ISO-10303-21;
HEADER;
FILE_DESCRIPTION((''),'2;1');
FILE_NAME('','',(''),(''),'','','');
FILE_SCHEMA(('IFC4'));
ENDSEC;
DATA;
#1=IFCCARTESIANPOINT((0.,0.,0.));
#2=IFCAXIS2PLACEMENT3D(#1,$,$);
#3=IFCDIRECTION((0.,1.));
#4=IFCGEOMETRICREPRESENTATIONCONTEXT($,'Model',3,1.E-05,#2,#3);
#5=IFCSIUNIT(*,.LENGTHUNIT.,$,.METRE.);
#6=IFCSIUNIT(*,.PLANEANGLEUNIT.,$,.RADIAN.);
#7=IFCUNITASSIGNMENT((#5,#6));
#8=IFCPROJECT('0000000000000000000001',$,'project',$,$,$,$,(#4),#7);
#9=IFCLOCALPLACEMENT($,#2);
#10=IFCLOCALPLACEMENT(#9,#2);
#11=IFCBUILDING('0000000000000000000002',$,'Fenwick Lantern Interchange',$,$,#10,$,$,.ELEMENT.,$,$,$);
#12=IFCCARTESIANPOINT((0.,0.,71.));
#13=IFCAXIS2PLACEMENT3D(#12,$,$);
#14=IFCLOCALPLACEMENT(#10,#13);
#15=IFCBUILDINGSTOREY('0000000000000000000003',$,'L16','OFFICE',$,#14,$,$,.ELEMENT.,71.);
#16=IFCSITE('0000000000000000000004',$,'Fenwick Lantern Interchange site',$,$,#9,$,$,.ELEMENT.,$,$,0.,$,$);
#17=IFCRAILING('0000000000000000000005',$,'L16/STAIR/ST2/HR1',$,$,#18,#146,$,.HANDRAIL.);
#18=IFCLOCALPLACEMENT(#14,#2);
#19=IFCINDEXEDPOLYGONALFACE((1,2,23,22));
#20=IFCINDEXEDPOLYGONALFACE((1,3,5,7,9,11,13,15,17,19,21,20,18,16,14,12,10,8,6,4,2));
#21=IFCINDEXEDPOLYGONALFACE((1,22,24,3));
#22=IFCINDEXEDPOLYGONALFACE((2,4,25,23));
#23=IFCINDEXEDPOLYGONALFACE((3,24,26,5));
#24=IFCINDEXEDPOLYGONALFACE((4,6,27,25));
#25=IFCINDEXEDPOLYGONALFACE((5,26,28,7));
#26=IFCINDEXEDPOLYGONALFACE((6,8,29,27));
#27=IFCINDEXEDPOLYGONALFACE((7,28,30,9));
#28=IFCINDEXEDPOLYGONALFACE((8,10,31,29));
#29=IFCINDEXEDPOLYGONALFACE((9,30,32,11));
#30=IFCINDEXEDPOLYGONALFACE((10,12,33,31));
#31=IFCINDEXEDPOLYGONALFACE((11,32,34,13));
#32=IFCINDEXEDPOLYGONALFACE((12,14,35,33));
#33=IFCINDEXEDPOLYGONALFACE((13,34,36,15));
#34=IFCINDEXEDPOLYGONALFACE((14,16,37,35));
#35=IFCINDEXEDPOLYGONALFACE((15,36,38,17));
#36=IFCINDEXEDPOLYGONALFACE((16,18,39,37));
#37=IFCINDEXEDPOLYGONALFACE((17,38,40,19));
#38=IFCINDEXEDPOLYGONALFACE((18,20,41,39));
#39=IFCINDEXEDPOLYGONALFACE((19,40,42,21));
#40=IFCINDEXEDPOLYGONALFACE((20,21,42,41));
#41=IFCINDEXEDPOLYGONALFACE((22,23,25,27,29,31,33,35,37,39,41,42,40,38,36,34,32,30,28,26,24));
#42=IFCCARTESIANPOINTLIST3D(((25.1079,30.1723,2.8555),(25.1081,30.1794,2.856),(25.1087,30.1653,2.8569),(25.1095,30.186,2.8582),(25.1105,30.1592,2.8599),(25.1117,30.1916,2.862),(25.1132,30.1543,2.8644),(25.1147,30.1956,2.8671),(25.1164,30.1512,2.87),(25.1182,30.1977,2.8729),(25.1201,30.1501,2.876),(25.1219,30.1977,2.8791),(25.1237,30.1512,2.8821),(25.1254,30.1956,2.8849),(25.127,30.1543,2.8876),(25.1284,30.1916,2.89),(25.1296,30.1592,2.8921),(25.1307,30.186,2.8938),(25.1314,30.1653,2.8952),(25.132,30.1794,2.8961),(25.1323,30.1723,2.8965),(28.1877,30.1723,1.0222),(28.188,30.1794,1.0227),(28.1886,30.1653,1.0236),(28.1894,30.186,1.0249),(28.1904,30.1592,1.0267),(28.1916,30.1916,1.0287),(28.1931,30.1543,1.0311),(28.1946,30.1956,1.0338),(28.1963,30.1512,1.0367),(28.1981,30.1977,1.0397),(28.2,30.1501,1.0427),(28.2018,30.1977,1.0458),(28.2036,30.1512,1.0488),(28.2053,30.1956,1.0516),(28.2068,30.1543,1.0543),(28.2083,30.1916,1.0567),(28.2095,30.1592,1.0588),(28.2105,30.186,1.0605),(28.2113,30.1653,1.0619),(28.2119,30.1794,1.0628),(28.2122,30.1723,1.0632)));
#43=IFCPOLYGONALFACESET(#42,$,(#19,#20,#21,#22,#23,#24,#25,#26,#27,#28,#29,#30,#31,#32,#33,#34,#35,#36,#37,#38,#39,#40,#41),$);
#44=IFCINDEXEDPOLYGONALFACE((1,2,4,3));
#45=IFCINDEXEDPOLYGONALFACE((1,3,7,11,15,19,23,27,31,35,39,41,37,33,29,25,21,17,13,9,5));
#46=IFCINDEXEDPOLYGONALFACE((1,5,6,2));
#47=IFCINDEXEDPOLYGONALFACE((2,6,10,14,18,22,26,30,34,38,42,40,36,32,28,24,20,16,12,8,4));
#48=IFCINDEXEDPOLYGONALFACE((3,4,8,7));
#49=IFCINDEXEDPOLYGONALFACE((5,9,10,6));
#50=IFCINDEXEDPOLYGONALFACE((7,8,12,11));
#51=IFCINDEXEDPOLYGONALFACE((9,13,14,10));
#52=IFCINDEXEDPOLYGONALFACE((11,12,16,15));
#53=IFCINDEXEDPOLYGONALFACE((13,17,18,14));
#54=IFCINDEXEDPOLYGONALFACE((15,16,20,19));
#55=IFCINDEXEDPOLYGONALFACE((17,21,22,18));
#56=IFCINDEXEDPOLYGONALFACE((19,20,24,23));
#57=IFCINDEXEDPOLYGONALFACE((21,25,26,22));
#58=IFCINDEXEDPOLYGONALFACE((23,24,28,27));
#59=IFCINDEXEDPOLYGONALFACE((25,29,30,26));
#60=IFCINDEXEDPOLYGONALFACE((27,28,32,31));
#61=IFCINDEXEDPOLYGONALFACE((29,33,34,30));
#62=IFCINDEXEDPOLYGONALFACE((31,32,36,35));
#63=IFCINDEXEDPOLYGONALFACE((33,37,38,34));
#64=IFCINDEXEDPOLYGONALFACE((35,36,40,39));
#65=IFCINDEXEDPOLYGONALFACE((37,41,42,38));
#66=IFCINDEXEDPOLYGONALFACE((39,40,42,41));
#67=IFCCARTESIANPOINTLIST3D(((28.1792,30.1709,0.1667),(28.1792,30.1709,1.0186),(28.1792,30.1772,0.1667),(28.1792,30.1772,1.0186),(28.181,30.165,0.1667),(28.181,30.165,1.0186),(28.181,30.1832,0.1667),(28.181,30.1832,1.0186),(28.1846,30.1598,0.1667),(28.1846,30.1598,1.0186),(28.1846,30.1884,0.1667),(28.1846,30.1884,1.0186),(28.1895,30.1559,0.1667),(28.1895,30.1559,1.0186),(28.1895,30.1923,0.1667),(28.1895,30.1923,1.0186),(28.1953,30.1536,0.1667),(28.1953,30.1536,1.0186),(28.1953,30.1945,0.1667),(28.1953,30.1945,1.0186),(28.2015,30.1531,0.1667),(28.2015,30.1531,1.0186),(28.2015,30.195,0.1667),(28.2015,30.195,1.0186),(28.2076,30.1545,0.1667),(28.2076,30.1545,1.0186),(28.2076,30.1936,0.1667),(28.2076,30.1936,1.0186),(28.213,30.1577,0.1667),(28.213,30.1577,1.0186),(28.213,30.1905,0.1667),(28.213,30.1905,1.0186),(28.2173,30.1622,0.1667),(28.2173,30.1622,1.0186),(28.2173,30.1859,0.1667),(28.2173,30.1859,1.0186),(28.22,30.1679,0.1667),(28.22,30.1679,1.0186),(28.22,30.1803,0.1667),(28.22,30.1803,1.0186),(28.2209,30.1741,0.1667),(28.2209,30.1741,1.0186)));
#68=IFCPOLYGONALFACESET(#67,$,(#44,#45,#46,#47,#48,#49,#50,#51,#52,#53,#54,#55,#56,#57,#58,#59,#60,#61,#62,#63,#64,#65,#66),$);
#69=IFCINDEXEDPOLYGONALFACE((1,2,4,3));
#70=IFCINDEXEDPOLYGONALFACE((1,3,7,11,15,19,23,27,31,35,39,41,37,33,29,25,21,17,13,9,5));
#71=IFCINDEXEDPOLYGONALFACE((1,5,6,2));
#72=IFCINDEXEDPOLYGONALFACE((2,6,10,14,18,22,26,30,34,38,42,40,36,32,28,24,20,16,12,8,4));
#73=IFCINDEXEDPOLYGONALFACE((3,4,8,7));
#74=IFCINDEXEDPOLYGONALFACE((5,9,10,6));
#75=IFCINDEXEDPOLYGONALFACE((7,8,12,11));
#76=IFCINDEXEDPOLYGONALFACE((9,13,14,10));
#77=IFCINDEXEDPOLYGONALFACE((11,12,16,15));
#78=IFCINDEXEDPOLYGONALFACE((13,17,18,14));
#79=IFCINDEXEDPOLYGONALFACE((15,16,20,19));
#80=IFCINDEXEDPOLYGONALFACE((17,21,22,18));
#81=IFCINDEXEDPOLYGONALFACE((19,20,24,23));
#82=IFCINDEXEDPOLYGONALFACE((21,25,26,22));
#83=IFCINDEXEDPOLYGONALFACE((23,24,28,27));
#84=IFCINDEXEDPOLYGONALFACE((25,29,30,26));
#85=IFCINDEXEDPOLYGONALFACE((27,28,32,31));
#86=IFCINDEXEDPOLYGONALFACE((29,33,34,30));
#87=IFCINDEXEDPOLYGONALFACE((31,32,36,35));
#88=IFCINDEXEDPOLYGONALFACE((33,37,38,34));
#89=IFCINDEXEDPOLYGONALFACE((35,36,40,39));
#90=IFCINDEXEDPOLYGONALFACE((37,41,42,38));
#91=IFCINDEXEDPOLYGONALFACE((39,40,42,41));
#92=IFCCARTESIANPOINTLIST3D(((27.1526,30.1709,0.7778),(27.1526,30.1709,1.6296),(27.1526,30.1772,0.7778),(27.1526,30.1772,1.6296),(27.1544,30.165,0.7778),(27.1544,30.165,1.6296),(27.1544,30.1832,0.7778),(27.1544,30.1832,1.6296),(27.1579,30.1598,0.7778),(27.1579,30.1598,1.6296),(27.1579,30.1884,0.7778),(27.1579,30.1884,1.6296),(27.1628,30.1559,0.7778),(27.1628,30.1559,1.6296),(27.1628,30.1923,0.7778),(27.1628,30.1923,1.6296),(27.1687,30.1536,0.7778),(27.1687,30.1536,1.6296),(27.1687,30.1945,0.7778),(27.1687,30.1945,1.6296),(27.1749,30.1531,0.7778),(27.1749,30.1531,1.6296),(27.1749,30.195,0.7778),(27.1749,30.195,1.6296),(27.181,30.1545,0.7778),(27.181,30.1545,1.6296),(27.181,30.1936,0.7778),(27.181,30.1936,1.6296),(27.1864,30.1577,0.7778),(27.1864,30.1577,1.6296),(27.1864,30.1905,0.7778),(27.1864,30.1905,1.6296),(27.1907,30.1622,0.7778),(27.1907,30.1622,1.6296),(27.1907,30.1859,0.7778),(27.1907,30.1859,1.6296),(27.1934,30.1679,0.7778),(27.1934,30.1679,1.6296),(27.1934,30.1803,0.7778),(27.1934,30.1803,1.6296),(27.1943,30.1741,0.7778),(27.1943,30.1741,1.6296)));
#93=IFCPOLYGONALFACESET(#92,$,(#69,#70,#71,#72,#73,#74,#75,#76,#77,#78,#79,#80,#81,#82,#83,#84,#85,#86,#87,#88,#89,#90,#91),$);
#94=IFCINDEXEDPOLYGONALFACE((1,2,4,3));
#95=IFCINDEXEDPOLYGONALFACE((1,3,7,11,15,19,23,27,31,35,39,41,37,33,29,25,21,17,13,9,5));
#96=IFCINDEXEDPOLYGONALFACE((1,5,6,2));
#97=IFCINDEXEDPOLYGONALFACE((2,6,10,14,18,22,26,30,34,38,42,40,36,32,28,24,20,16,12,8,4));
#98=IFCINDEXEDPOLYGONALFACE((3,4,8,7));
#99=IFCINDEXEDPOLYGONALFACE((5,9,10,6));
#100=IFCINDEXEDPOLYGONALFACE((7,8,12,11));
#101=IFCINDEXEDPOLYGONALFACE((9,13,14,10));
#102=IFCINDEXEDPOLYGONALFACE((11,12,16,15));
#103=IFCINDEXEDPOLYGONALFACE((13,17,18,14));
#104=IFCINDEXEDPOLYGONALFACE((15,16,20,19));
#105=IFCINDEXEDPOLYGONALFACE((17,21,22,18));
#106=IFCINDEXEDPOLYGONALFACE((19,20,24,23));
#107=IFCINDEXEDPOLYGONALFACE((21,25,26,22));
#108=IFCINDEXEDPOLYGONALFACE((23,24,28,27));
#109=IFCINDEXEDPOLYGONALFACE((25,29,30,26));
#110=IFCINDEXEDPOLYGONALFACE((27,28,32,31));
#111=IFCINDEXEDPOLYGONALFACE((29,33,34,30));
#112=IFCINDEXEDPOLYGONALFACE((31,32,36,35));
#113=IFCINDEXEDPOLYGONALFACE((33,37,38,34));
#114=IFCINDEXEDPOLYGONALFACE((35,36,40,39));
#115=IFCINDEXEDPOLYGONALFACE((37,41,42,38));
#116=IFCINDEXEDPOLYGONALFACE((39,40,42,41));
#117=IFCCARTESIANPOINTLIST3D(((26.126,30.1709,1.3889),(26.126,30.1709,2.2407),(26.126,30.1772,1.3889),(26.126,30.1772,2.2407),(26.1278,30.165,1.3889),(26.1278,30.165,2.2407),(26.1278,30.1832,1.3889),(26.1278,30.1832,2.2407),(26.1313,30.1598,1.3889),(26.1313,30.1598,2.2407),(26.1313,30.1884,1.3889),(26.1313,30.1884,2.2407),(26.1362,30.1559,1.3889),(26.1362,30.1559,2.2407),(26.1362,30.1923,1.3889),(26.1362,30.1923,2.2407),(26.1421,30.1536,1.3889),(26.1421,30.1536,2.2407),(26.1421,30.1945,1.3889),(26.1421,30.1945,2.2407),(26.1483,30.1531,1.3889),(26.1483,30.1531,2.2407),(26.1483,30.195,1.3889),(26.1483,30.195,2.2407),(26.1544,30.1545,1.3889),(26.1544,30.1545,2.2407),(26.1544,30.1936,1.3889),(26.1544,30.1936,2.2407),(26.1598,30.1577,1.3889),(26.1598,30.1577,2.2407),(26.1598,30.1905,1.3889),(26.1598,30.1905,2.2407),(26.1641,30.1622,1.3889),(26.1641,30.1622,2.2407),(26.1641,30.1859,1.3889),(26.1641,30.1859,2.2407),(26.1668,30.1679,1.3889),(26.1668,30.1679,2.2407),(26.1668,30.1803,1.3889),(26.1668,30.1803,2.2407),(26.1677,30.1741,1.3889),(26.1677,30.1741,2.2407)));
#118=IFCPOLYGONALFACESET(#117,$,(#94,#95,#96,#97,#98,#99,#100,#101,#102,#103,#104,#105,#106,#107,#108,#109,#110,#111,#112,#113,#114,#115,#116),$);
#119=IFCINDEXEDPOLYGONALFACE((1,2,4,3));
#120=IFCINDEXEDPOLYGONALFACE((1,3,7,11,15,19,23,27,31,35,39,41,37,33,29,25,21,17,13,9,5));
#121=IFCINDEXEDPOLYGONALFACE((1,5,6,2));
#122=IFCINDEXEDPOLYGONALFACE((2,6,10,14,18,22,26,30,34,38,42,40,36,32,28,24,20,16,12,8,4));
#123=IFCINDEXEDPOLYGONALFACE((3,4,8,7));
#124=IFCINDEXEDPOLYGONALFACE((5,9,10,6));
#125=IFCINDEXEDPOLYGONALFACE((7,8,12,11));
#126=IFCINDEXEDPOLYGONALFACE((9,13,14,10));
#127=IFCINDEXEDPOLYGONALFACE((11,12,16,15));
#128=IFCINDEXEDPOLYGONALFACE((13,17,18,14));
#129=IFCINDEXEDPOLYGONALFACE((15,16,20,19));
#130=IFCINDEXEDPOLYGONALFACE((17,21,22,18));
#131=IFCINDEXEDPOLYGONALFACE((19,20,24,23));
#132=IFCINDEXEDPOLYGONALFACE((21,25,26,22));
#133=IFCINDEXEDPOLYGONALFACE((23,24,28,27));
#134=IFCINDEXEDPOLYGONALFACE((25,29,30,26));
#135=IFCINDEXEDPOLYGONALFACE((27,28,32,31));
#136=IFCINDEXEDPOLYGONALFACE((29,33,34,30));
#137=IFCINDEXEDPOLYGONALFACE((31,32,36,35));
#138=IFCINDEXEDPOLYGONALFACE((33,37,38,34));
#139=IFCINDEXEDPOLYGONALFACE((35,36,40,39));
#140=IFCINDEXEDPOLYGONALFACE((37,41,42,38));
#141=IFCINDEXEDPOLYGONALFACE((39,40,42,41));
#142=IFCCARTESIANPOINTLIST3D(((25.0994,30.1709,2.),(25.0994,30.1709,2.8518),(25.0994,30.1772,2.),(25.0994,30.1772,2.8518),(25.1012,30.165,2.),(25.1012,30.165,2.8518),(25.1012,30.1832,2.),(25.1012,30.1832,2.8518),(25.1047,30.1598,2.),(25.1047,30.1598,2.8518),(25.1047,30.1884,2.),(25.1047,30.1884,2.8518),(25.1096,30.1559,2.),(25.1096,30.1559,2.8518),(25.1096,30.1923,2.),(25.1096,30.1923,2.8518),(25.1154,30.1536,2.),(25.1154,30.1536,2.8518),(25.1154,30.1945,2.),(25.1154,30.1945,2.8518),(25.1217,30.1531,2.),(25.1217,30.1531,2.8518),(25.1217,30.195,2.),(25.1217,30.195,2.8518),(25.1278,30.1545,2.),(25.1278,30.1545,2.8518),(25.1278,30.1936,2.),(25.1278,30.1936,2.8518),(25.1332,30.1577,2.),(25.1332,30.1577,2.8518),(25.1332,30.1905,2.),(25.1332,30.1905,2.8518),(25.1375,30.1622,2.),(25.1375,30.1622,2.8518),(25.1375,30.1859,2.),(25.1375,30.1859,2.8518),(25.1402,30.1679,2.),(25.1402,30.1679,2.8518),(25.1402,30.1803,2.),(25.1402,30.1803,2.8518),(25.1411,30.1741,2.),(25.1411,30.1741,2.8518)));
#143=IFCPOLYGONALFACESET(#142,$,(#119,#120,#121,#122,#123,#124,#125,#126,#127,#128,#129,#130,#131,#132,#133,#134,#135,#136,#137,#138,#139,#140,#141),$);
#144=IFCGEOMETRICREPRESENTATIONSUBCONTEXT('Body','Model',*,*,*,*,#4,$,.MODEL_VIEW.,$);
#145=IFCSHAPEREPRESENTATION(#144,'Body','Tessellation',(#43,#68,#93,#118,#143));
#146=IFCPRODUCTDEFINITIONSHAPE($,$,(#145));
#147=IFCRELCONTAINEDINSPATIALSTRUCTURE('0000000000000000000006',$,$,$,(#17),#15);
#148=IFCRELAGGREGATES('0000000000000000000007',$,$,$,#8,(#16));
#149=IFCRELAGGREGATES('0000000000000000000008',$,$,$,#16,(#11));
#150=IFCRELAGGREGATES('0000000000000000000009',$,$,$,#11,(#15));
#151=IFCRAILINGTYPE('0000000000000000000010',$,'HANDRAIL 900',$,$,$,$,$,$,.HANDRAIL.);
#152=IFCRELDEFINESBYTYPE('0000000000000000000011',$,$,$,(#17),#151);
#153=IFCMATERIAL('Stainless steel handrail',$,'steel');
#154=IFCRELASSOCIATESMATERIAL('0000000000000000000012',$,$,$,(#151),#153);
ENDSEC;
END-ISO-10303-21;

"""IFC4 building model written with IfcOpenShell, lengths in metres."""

from ifc_helpers import new_model, si_unit, direction, frame, origin, origin_2d, place, context, subcontext, project, spatial, circle, extrude, material, type_object, element, save


model = new_model("IFC4")

# Units and contexts
model_context = context("Model", 3, precision=1e-05, world=origin(), true_north=direction((0.0, 1.0)))
body_context = subcontext(model_context, "Body", "Model", "MODEL_VIEW")
ifc_project = project(units=[si_unit("LENGTHUNIT", "METRE"), si_unit("PLANEANGLEUNIT", "RADIAN")], contexts=[model_context])

# Site, building, storey
site_placement = place(None, origin())
site = spatial("IfcSite", under=ifc_project, at=site_placement, Name="Fenwick Lantern Interchange site", CompositionType="ELEMENT", RefElevation=0.0)
building_placement = place(site_placement, origin())
building = spatial("IfcBuilding", under=site, at=building_placement, Name="Fenwick Lantern Interchange", CompositionType="ELEMENT")
storey_placement = place(building_placement, frame((0.0, 0.0, 71.0)))
storey = spatial("IfcBuildingStorey", under=building, at=storey_placement, Name="L16", Description="OFFICE", CompositionType="ELEMENT", Elevation=71.0)

# Railing
ifc_material_1 = material(Name="Stainless steel handrail", Category="steel")
railing_type = type_object("IfcRailingType", Name="HANDRAIL 900", PredefinedType="HANDRAIL", material=ifc_material_1)
railing_1_placement = place(storey_placement, frame((28.2, 30.1741, 0.1667)))
element("IfcRailing", 1, at=railing_1_placement, inside=storey, type_object=railing_type, Name="L16/STAIR/ST2/HR1", PredefinedType="HANDRAIL", context=body_context, shape_type="SweptSolid", body=[
    extrude(circle(Radius=0.0239, at=origin_2d()), frame((0.0, 0.0, 0.876), z_axis=(-0.859291, 0.0, 0.511487), x_axis=(0.0, -1.0, 0.0)), (0.0, 0.0, 1.0), 3.5842),
    extrude(circle(Radius=0.021, at=origin_2d()), origin(), (0.0, 0.0, 1.0), 0.8518),
    extrude(circle(Radius=0.021, at=origin_2d()), frame((-1.0266, 0.0, 0.6111)), (0.0, 0.0, 1.0), 0.8518),
    extrude(circle(Radius=0.021, at=origin_2d()), frame((-2.0532, 0.0, 1.2222)), (0.0, 0.0, 1.0), 0.8518),
    extrude(circle(Radius=0.021, at=origin_2d()), frame((-3.0798, 0.0, 1.8333)), (0.0, 0.0, 1.0), 0.8518),
])

save(model, "model.ifc")
